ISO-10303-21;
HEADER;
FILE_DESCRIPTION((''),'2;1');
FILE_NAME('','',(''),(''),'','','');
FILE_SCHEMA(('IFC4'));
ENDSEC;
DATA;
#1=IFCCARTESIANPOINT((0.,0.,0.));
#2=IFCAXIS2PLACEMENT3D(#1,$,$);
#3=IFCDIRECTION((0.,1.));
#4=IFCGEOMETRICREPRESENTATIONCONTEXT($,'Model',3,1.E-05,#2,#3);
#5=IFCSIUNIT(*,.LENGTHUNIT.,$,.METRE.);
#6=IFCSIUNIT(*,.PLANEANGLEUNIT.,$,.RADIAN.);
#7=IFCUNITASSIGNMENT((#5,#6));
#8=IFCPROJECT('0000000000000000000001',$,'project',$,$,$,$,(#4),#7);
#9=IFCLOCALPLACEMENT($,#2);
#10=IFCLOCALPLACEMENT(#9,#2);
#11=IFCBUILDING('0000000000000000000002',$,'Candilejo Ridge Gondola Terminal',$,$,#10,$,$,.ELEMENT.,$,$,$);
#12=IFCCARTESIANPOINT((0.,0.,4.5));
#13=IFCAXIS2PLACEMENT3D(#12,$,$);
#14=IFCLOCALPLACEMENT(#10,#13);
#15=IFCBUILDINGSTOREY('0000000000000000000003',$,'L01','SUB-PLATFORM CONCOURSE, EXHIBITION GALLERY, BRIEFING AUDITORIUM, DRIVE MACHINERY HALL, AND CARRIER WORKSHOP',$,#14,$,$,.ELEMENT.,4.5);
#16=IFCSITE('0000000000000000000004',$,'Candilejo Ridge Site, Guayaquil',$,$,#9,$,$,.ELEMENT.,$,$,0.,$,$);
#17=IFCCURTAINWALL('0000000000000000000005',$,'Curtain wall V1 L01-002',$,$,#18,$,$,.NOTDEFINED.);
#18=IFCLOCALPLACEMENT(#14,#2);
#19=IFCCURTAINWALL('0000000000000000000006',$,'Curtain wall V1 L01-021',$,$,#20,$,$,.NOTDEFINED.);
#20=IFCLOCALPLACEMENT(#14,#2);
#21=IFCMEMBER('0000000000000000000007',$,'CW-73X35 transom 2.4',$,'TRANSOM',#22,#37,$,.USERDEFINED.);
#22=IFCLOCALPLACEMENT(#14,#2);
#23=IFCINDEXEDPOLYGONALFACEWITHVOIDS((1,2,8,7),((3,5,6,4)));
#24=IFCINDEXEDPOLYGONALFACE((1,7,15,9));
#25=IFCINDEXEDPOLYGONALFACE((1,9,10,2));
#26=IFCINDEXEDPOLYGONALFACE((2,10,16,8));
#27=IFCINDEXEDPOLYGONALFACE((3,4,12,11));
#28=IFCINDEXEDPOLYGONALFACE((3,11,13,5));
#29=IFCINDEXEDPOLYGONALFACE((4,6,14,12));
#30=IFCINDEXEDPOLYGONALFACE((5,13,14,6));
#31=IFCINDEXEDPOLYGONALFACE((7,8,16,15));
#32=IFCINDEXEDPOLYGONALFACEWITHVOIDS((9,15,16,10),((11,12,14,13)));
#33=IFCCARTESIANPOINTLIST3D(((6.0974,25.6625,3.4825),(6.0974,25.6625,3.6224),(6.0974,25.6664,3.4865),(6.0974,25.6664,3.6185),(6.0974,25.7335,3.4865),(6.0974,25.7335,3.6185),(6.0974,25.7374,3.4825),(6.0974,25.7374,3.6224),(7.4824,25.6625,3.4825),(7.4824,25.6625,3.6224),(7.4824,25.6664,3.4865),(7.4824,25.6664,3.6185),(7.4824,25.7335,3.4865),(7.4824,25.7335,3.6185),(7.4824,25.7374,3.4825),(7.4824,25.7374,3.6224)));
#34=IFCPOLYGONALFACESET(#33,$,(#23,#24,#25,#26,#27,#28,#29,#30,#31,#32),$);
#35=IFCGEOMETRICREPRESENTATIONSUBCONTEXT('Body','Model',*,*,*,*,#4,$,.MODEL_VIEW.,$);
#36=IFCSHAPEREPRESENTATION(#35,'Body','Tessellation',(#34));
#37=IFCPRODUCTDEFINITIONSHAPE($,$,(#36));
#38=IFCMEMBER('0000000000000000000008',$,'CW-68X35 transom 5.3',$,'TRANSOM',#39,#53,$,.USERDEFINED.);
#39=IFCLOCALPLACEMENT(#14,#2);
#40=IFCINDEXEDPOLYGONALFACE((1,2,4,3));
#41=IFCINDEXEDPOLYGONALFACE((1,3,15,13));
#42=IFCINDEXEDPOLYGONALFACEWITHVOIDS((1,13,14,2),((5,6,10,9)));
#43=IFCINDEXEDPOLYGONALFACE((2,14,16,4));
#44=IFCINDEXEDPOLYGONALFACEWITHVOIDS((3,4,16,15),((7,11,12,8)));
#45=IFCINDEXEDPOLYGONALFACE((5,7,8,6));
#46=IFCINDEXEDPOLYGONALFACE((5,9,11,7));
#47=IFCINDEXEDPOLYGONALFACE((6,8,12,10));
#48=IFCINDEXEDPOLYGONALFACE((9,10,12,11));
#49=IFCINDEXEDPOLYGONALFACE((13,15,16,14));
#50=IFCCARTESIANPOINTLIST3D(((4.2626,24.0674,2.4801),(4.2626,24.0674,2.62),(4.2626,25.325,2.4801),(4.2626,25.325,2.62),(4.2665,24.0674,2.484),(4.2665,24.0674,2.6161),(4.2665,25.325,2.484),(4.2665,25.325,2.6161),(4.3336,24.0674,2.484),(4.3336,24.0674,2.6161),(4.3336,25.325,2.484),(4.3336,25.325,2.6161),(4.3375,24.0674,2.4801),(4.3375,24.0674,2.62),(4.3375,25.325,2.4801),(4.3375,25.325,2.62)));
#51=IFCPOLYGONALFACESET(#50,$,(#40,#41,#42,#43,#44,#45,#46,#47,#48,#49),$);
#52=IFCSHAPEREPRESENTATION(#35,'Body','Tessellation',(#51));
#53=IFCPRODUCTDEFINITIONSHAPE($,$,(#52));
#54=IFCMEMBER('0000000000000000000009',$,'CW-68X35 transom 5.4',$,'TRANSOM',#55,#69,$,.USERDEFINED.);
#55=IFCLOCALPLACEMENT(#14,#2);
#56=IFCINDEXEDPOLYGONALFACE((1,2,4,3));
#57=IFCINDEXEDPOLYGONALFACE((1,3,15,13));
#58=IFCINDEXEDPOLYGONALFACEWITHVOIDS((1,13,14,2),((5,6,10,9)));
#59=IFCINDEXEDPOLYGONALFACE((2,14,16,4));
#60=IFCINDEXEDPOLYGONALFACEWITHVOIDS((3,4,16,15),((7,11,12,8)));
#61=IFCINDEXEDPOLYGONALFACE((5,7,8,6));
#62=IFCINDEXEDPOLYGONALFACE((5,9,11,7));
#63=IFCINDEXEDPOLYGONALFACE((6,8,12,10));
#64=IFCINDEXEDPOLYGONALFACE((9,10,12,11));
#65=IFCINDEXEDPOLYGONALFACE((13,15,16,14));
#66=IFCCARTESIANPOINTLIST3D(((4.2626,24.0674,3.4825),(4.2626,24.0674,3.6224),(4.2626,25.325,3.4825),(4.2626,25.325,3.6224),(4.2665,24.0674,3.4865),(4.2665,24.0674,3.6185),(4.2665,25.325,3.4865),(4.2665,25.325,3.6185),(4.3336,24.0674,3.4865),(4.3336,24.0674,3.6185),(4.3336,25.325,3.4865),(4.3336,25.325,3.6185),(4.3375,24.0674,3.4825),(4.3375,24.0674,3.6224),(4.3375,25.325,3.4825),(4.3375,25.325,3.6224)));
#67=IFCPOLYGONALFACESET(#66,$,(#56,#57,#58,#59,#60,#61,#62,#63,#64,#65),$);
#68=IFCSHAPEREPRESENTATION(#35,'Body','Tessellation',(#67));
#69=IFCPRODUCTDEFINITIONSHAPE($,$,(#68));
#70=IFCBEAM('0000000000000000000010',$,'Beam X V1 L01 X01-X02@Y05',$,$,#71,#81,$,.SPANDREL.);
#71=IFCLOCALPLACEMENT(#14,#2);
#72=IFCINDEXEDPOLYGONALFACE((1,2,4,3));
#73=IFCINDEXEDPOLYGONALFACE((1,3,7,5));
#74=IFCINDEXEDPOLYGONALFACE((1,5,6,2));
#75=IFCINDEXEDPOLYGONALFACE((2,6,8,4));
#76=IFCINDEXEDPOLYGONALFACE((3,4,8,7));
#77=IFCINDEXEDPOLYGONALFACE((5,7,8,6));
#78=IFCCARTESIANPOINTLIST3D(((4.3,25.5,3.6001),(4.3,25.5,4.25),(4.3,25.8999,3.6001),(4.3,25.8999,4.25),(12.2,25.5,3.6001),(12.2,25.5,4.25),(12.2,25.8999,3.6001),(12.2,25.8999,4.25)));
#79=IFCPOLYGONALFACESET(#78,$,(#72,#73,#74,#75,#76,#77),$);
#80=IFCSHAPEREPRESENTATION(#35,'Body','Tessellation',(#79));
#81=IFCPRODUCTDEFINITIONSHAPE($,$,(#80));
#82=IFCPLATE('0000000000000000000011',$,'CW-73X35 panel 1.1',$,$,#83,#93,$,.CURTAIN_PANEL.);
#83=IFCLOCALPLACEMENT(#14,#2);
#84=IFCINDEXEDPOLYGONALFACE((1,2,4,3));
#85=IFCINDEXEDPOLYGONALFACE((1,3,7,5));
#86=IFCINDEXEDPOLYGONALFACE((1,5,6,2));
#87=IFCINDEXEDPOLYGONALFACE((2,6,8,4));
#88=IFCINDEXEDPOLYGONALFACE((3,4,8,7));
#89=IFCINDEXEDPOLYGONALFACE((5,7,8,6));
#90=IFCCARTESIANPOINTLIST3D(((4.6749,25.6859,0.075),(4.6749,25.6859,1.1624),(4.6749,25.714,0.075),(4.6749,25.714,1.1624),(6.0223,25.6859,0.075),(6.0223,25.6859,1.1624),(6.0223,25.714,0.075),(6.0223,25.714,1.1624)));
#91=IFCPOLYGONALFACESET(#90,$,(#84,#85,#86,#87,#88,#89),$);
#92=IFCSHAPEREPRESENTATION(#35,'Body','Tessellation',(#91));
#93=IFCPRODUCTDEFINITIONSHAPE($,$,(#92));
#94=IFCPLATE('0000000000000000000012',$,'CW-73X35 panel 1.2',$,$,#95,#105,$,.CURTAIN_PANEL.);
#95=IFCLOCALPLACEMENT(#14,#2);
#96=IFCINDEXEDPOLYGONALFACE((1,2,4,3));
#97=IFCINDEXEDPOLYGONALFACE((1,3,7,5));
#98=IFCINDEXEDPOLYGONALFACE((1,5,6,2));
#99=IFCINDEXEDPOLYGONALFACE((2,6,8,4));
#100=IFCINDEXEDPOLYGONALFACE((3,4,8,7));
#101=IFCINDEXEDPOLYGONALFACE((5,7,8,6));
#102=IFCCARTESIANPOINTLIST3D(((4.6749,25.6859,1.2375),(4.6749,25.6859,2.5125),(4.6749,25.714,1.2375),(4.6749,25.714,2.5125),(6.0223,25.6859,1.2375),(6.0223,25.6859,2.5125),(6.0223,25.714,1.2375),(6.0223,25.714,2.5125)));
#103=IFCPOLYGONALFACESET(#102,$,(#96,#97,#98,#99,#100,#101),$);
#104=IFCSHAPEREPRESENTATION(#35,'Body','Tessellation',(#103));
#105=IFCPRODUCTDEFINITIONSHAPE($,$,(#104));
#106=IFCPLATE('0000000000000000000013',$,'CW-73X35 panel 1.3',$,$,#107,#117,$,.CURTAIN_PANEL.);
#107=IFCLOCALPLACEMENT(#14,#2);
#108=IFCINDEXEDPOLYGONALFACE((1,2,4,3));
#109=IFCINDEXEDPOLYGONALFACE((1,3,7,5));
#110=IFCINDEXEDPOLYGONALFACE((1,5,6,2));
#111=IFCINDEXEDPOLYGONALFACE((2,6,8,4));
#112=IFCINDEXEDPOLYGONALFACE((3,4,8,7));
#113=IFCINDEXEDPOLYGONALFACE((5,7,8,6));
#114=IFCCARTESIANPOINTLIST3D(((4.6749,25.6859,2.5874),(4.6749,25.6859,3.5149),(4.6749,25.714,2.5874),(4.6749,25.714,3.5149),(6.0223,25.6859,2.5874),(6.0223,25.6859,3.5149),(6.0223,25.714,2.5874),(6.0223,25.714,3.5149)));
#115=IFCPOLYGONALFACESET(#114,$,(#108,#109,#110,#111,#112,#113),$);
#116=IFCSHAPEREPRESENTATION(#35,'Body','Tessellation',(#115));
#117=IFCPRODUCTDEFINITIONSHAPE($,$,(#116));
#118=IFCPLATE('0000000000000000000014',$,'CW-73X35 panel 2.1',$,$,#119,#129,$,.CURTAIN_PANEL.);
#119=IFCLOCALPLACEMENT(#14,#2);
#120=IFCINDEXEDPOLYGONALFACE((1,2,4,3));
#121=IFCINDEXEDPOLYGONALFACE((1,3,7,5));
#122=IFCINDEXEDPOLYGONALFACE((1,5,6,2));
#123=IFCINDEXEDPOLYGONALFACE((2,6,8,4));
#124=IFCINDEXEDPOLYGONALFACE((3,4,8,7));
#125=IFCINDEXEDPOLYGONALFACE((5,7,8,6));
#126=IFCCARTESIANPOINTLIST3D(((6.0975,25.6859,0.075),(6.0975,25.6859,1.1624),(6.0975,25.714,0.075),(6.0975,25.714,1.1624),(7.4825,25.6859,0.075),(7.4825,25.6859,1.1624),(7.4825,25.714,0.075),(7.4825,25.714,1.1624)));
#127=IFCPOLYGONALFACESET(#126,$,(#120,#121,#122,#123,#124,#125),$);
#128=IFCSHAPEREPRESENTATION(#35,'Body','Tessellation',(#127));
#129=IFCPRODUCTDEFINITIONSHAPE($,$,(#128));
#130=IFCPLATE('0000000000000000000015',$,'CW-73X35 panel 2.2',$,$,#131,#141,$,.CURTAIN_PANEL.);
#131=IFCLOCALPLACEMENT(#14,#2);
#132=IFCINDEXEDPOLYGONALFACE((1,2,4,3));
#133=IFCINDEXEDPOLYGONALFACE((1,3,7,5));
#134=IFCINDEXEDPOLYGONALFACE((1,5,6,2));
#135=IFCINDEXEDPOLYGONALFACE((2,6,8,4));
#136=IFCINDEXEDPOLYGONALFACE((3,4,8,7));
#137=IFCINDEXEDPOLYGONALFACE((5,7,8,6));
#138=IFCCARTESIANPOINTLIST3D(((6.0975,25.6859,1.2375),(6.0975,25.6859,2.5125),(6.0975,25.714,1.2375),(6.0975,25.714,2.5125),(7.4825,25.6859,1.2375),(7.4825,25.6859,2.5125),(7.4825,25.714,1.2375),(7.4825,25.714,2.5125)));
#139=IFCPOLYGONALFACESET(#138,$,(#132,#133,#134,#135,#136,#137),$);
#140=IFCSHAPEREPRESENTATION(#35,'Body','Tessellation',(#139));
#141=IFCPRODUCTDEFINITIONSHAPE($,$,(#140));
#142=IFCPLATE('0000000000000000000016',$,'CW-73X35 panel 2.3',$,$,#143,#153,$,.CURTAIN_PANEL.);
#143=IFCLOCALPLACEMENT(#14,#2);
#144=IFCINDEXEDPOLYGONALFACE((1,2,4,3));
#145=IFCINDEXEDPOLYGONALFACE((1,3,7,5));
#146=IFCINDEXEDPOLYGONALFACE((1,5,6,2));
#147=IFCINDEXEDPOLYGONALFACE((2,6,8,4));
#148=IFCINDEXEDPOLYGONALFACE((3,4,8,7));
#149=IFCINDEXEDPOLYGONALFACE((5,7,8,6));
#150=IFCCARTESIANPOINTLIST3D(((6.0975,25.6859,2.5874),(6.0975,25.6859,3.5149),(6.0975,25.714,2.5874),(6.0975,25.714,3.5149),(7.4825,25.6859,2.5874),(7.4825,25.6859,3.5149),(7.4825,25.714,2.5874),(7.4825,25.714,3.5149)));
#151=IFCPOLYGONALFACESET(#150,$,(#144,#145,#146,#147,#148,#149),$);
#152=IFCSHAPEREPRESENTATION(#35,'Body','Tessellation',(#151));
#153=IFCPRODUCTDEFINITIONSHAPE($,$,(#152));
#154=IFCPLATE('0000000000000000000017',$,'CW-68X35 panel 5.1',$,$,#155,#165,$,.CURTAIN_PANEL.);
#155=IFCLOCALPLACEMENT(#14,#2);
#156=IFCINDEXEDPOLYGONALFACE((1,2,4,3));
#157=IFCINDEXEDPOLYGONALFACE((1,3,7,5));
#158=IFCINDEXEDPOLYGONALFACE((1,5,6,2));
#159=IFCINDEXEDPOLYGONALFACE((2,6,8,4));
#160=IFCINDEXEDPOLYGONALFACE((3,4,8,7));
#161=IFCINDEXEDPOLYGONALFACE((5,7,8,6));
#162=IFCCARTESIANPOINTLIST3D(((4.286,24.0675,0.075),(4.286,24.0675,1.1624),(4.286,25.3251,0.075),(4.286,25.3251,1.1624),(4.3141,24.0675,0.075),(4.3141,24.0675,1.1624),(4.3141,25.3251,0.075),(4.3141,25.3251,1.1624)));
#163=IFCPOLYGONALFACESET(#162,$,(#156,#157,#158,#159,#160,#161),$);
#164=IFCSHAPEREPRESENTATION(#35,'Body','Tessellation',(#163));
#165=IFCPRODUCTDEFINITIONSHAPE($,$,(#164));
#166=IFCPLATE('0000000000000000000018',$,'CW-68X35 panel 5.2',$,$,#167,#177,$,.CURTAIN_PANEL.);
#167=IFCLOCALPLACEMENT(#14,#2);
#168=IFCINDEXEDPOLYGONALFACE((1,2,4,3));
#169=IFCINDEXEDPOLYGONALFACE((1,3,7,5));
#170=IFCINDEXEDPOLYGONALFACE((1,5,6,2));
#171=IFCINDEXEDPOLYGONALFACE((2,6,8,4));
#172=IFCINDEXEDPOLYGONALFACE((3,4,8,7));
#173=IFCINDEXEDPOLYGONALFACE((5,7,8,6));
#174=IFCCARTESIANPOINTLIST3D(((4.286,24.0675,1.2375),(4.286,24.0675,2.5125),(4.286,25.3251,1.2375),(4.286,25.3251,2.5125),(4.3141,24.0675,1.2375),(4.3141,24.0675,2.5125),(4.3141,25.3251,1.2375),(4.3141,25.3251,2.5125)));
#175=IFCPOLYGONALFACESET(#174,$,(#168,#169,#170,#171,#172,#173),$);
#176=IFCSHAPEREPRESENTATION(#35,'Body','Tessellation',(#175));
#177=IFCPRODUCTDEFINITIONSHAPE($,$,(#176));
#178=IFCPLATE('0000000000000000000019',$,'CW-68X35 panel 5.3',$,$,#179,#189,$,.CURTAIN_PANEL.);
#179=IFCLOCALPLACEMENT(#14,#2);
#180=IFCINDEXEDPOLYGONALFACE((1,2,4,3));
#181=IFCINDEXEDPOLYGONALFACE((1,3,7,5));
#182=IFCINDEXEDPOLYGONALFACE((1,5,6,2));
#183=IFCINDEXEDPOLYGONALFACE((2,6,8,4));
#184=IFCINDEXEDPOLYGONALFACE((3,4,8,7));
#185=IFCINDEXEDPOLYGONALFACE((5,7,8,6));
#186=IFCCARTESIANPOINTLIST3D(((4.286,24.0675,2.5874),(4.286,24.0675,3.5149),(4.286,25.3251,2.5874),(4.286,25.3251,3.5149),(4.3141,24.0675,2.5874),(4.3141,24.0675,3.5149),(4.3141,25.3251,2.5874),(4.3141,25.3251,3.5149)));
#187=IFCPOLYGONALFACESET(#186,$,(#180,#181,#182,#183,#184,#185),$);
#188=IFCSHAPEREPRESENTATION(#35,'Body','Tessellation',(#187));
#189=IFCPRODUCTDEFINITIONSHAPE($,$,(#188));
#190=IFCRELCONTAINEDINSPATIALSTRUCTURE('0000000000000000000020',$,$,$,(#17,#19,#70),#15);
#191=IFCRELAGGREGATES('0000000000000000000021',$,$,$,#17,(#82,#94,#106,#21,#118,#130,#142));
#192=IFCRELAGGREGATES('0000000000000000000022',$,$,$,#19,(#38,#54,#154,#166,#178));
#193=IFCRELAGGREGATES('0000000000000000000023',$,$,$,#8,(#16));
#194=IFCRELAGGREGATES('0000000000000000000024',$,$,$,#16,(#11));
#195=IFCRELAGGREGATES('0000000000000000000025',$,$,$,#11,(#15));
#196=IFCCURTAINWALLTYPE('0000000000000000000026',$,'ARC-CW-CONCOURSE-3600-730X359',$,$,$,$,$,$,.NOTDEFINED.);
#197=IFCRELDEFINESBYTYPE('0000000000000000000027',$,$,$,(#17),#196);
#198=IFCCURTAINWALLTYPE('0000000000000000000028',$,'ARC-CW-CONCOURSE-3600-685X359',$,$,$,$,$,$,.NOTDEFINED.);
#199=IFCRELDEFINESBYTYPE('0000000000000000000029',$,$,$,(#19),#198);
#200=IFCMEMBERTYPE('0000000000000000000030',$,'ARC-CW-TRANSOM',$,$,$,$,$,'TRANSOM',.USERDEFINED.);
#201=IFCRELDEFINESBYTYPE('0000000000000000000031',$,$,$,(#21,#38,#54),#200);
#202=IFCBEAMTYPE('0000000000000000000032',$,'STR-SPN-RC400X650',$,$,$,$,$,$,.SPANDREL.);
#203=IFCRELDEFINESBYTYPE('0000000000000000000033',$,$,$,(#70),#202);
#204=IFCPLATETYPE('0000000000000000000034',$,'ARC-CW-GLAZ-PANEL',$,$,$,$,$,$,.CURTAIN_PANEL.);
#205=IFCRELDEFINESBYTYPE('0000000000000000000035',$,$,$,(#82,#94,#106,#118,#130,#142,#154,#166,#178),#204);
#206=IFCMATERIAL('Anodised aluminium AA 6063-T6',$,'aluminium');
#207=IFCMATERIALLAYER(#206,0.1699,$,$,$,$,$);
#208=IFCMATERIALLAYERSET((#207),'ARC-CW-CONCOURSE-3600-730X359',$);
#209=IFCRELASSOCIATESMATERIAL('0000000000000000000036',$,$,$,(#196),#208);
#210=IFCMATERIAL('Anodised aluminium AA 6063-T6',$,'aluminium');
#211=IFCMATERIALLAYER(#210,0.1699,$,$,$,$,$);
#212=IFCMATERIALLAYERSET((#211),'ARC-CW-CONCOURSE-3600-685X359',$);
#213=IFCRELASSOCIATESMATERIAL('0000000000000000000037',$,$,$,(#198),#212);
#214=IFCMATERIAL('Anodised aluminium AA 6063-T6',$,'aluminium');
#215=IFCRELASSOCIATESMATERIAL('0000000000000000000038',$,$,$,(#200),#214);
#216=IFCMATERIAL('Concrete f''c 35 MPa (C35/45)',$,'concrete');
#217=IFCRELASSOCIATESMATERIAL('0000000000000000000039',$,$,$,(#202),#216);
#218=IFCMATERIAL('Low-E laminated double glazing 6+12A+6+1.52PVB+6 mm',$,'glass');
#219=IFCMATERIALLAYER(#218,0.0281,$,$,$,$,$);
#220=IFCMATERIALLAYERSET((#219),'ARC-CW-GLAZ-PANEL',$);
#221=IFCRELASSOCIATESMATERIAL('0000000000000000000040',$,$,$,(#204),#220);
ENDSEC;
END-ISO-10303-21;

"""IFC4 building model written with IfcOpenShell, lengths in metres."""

from ifc_helpers import new_model, si_unit, direction, frame, origin, origin_2d, place, context, subcontext, project, spatial, rectangle, hollow_rectangle, extrude, material, layer, layer_set, material_profile, profile_set, type_object, element, aggregate, save


model = new_model("IFC4")

# Units and contexts
model_context = context("Model", 3, precision=1e-05, world=origin(), true_north=direction((0.0, 1.0)))
body_context = subcontext(model_context, "Body", "Model", "MODEL_VIEW")
ifc_project = project(units=[si_unit("LENGTHUNIT", "METRE"), si_unit("PLANEANGLEUNIT", "RADIAN")], contexts=[model_context])

# Site, building, storey
site_placement = place(None, origin())
site = spatial("IfcSite", under=ifc_project, at=site_placement, Name="Candilejo Ridge Site, Guayaquil", CompositionType="ELEMENT", RefElevation=0.0)
building_placement = place(site_placement, origin())
building = spatial("IfcBuilding", under=site, at=building_placement, Name="Candilejo Ridge Gondola Terminal", CompositionType="ELEMENT")
storey_placement = place(building_placement, frame((0.0, 0.0, 4.5)))
storey = spatial("IfcBuildingStorey", under=building, at=storey_placement, Name="L01", Description="SUB-PLATFORM CONCOURSE, EXHIBITION GALLERY, BRIEFING AUDITORIUM, DRIVE MACHINERY HALL, AND CARRIER WORKSHOP", CompositionType="ELEMENT", Elevation=4.5)

# Curtain wall
ifc_material_1 = material(Name="Anodised aluminium AA 6063-T6", Category="aluminium")
ifc_layer_1 = layer(ifc_material_1, 0.1699)
ifc_layer_set_1 = layer_set([ifc_layer_1], Name="ARC-CW-CONCOURSE-3600-730X359")
curtain_wall_type_1 = type_object("IfcCurtainWallType", Name="ARC-CW-CONCOURSE-3600-730X359", PredefinedType="NOTDEFINED", material=ifc_layer_set_1)
curtain_wall_1_placement = place(storey_placement, origin())
curtain_wall_1 = element("IfcCurtainWall", 1, at=curtain_wall_1_placement, inside=storey, type_object=curtain_wall_type_1, Name="Curtain wall V1 L01-002", PredefinedType="NOTDEFINED")

# Curtain wall
ifc_material_2 = material(Name="Anodised aluminium AA 6063-T6", Category="aluminium")
ifc_layer_2 = layer(ifc_material_2, 0.1699)
ifc_layer_set_2 = layer_set([ifc_layer_2], Name="ARC-CW-CONCOURSE-3600-685X359")
curtain_wall_type_2 = type_object("IfcCurtainWallType", Name="ARC-CW-CONCOURSE-3600-685X359", PredefinedType="NOTDEFINED", material=ifc_layer_set_2)
curtain_wall_2_placement = place(storey_placement, origin())
curtain_wall_2 = element("IfcCurtainWall", 2, at=curtain_wall_2_placement, inside=storey, type_object=curtain_wall_type_2, Name="Curtain wall V1 L01-021", PredefinedType="NOTDEFINED")

# Members
ifc_material_3 = material(Name="Anodised aluminium AA 6063-T6", Category="aluminium")
ifc_material_profile_1 = material_profile(ifc_material_3, hollow_rectangle(XDim=0.075, YDim=0.1399, WallThickness=0.0039, at=origin_2d()))
ifc_profile_set_1 = profile_set([ifc_material_profile_1], Name="Anodised aluminium AA 6063-T6")
member_type_1 = type_object("IfcMemberType", Name="ARC-CW-TRANSOM", ElementType="TRANSOM", PredefinedType="USERDEFINED", material=ifc_profile_set_1)
member_1_placement = place(storey_placement, frame((6.0974, 25.7, 3.5525), z_axis=(1.0, 0.0, 0.0), x_axis=(0.0, 1.0, 0.0)))
member_1 = element("IfcMember", 3, at=member_1_placement, type_object=member_type_1, Name="CW-73X35 transom 2.4", ObjectType="TRANSOM", PredefinedType="USERDEFINED", context=body_context, shape_type="SweptSolid", body=[
    extrude(hollow_rectangle(XDim=0.075, YDim=0.1399, WallThickness=0.0039, at=origin_2d()), origin(), (0.0, 0.0, 1.0), 1.385),
])
member_2_placement = place(storey_placement, frame((4.3, 24.0674, 2.55), z_axis=(0.0, 1.0, 0.0), x_axis=(-1.0, 0.0, 0.0)))
member_2 = element("IfcMember", 4, at=member_2_placement, type_object=member_type_1, Name="CW-68X35 transom 5.3", ObjectType="TRANSOM", PredefinedType="USERDEFINED", context=body_context, shape_type="SweptSolid", body=[
    extrude(hollow_rectangle(XDim=0.075, YDim=0.1399, WallThickness=0.0039, at=origin_2d()), origin(), (0.0, 0.0, 1.0), 1.2576),
])
member_3_placement = place(storey_placement, frame((4.3, 24.0674, 3.5525), z_axis=(0.0, 1.0, 0.0), x_axis=(-1.0, 0.0, 0.0)))
member_3 = element("IfcMember", 5, at=member_3_placement, type_object=member_type_1, Name="CW-68X35 transom 5.4", ObjectType="TRANSOM", PredefinedType="USERDEFINED", context=body_context, shape_type="SweptSolid", body=[
    extrude(hollow_rectangle(XDim=0.075, YDim=0.1399, WallThickness=0.0039, at=origin_2d()), origin(), (0.0, 0.0, 1.0), 1.2576),
])

# Beam
ifc_material_4 = material(Name="Concrete f'c 35 MPa (C35/45)", Category="concrete")
ifc_material_profile_2 = material_profile(ifc_material_4, rectangle(XDim=0.3999, YDim=0.6499, at=origin_2d()))
ifc_profile_set_2 = profile_set([ifc_material_profile_2], Name="Concrete f'c 35 MPa (C35/45)")
beam_type = type_object("IfcBeamType", Name="STR-SPN-RC400X650", PredefinedType="SPANDREL", material=ifc_profile_set_2)
beam_placement = place(storey_placement, frame((4.3, 25.7, 3.925), z_axis=(1.0, 0.0, 0.0), x_axis=(0.0, 1.0, 0.0)))
element("IfcBeam", 6, at=beam_placement, inside=storey, type_object=beam_type, Name="Beam X V1 L01 X01-X02@Y05", PredefinedType="SPANDREL", context=body_context, shape_type="SweptSolid", body=[
    extrude(rectangle(XDim=0.3999, YDim=0.6499, at=origin_2d()), origin(), (0.0, 0.0, 1.0), 7.8999),
])

# Plates
ifc_material_5 = material(Name="Low-E laminated double glazing 6+12A+6+1.52PVB+6 mm", Category="glass")
ifc_layer_3 = layer(ifc_material_5, 0.0281)
ifc_layer_set_3 = layer_set([ifc_layer_3], Name="ARC-CW-GLAZ-PANEL")
plate_type = type_object("IfcPlateType", Name="ARC-CW-GLAZ-PANEL", PredefinedType="CURTAIN_PANEL", material=ifc_layer_set_3)
plate_1_placement = place(storey_placement, frame((5.3486, 25.7, 0.075), z_axis=(0.0, 0.0, 1.0), x_axis=(1.0, 0.0, 0.0)))
plate_1 = element("IfcPlate", 7, at=plate_1_placement, type_object=plate_type, Name="CW-73X35 panel 1.1", PredefinedType="CURTAIN_PANEL", context=body_context, shape_type="SweptSolid", body=[
    extrude(rectangle(XDim=1.3474, YDim=0.0281, at=origin_2d()), origin(), (0.0, 0.0, 1.0), 1.0874),
])
plate_2_placement = place(storey_placement, frame((5.3486, 25.7, 1.2375), z_axis=(0.0, 0.0, 1.0), x_axis=(1.0, 0.0, 0.0)))
plate_2 = element("IfcPlate", 8, at=plate_2_placement, type_object=plate_type, Name="CW-73X35 panel 1.2", PredefinedType="CURTAIN_PANEL", context=body_context, shape_type="SweptSolid", body=[
    extrude(rectangle(XDim=1.3474, YDim=0.0281, at=origin_2d()), origin(), (0.0, 0.0, 1.0), 1.2749),
])
plate_3_placement = place(storey_placement, frame((5.3486, 25.7, 2.5874), z_axis=(0.0, 0.0, 1.0), x_axis=(1.0, 0.0, 0.0)))
plate_3 = element("IfcPlate", 9, at=plate_3_placement, type_object=plate_type, Name="CW-73X35 panel 1.3", PredefinedType="CURTAIN_PANEL", context=body_context, shape_type="SweptSolid", body=[
    extrude(rectangle(XDim=1.3474, YDim=0.0281, at=origin_2d()), origin(), (0.0, 0.0, 1.0), 0.9275),
])
plate_4_placement = place(storey_placement, frame((6.79, 25.7, 0.075), z_axis=(0.0, 0.0, 1.0), x_axis=(1.0, 0.0, 0.0)))
plate_4 = element("IfcPlate", 10, at=plate_4_placement, type_object=plate_type, Name="CW-73X35 panel 2.1", PredefinedType="CURTAIN_PANEL", context=body_context, shape_type="SweptSolid", body=[
    extrude(rectangle(XDim=1.385, YDim=0.0281, at=origin_2d()), origin(), (0.0, 0.0, 1.0), 1.0874),
])
plate_5_placement = place(storey_placement, frame((6.79, 25.7, 1.2375), z_axis=(0.0, 0.0, 1.0), x_axis=(1.0, 0.0, 0.0)))
plate_5 = element("IfcPlate", 11, at=plate_5_placement, type_object=plate_type, Name="CW-73X35 panel 2.2", PredefinedType="CURTAIN_PANEL", context=body_context, shape_type="SweptSolid", body=[
    extrude(rectangle(XDim=1.385, YDim=0.0281, at=origin_2d()), origin(), (0.0, 0.0, 1.0), 1.2749),
])
plate_6_placement = place(storey_placement, frame((6.79, 25.7, 2.5874), z_axis=(0.0, 0.0, 1.0), x_axis=(1.0, 0.0, 0.0)))
plate_6 = element("IfcPlate", 12, at=plate_6_placement, type_object=plate_type, Name="CW-73X35 panel 2.3", PredefinedType="CURTAIN_PANEL", context=body_context, shape_type="SweptSolid", body=[
    extrude(rectangle(XDim=1.385, YDim=0.0281, at=origin_2d()), origin(), (0.0, 0.0, 1.0), 0.9275),
])
aggregate(curtain_wall_1, [plate_1, plate_2, plate_3, member_1, plate_4, plate_5, plate_6])
plate_7_placement = place(storey_placement, frame((4.3, 24.6963, 0.075), z_axis=(0.0, 0.0, 1.0), x_axis=(0.0, 1.0, 0.0)))
plate_7 = element("IfcPlate", 13, at=plate_7_placement, type_object=plate_type, Name="CW-68X35 panel 5.1", PredefinedType="CURTAIN_PANEL", context=body_context, shape_type="SweptSolid", body=[
    extrude(rectangle(XDim=1.2576, YDim=0.0281, at=origin_2d()), origin(), (0.0, 0.0, 1.0), 1.0874),
])
plate_8_placement = place(storey_placement, frame((4.3, 24.6963, 1.2375), z_axis=(0.0, 0.0, 1.0), x_axis=(0.0, 1.0, 0.0)))
plate_8 = element("IfcPlate", 14, at=plate_8_placement, type_object=plate_type, Name="CW-68X35 panel 5.2", PredefinedType="CURTAIN_PANEL", context=body_context, shape_type="SweptSolid", body=[
    extrude(rectangle(XDim=1.2576, YDim=0.0281, at=origin_2d()), origin(), (0.0, 0.0, 1.0), 1.2749),
])
plate_9_placement = place(storey_placement, frame((4.3, 24.6963, 2.5874), z_axis=(0.0, 0.0, 1.0), x_axis=(0.0, 1.0, 0.0)))
plate_9 = element("IfcPlate", 15, at=plate_9_placement, type_object=plate_type, Name="CW-68X35 panel 5.3", PredefinedType="CURTAIN_PANEL", context=body_context, shape_type="SweptSolid", body=[
    extrude(rectangle(XDim=1.2576, YDim=0.0281, at=origin_2d()), origin(), (0.0, 0.0, 1.0), 0.9275),
])
aggregate(curtain_wall_2, [member_2, member_3, plate_7, plate_8, plate_9])

save(model, "model.ifc")
